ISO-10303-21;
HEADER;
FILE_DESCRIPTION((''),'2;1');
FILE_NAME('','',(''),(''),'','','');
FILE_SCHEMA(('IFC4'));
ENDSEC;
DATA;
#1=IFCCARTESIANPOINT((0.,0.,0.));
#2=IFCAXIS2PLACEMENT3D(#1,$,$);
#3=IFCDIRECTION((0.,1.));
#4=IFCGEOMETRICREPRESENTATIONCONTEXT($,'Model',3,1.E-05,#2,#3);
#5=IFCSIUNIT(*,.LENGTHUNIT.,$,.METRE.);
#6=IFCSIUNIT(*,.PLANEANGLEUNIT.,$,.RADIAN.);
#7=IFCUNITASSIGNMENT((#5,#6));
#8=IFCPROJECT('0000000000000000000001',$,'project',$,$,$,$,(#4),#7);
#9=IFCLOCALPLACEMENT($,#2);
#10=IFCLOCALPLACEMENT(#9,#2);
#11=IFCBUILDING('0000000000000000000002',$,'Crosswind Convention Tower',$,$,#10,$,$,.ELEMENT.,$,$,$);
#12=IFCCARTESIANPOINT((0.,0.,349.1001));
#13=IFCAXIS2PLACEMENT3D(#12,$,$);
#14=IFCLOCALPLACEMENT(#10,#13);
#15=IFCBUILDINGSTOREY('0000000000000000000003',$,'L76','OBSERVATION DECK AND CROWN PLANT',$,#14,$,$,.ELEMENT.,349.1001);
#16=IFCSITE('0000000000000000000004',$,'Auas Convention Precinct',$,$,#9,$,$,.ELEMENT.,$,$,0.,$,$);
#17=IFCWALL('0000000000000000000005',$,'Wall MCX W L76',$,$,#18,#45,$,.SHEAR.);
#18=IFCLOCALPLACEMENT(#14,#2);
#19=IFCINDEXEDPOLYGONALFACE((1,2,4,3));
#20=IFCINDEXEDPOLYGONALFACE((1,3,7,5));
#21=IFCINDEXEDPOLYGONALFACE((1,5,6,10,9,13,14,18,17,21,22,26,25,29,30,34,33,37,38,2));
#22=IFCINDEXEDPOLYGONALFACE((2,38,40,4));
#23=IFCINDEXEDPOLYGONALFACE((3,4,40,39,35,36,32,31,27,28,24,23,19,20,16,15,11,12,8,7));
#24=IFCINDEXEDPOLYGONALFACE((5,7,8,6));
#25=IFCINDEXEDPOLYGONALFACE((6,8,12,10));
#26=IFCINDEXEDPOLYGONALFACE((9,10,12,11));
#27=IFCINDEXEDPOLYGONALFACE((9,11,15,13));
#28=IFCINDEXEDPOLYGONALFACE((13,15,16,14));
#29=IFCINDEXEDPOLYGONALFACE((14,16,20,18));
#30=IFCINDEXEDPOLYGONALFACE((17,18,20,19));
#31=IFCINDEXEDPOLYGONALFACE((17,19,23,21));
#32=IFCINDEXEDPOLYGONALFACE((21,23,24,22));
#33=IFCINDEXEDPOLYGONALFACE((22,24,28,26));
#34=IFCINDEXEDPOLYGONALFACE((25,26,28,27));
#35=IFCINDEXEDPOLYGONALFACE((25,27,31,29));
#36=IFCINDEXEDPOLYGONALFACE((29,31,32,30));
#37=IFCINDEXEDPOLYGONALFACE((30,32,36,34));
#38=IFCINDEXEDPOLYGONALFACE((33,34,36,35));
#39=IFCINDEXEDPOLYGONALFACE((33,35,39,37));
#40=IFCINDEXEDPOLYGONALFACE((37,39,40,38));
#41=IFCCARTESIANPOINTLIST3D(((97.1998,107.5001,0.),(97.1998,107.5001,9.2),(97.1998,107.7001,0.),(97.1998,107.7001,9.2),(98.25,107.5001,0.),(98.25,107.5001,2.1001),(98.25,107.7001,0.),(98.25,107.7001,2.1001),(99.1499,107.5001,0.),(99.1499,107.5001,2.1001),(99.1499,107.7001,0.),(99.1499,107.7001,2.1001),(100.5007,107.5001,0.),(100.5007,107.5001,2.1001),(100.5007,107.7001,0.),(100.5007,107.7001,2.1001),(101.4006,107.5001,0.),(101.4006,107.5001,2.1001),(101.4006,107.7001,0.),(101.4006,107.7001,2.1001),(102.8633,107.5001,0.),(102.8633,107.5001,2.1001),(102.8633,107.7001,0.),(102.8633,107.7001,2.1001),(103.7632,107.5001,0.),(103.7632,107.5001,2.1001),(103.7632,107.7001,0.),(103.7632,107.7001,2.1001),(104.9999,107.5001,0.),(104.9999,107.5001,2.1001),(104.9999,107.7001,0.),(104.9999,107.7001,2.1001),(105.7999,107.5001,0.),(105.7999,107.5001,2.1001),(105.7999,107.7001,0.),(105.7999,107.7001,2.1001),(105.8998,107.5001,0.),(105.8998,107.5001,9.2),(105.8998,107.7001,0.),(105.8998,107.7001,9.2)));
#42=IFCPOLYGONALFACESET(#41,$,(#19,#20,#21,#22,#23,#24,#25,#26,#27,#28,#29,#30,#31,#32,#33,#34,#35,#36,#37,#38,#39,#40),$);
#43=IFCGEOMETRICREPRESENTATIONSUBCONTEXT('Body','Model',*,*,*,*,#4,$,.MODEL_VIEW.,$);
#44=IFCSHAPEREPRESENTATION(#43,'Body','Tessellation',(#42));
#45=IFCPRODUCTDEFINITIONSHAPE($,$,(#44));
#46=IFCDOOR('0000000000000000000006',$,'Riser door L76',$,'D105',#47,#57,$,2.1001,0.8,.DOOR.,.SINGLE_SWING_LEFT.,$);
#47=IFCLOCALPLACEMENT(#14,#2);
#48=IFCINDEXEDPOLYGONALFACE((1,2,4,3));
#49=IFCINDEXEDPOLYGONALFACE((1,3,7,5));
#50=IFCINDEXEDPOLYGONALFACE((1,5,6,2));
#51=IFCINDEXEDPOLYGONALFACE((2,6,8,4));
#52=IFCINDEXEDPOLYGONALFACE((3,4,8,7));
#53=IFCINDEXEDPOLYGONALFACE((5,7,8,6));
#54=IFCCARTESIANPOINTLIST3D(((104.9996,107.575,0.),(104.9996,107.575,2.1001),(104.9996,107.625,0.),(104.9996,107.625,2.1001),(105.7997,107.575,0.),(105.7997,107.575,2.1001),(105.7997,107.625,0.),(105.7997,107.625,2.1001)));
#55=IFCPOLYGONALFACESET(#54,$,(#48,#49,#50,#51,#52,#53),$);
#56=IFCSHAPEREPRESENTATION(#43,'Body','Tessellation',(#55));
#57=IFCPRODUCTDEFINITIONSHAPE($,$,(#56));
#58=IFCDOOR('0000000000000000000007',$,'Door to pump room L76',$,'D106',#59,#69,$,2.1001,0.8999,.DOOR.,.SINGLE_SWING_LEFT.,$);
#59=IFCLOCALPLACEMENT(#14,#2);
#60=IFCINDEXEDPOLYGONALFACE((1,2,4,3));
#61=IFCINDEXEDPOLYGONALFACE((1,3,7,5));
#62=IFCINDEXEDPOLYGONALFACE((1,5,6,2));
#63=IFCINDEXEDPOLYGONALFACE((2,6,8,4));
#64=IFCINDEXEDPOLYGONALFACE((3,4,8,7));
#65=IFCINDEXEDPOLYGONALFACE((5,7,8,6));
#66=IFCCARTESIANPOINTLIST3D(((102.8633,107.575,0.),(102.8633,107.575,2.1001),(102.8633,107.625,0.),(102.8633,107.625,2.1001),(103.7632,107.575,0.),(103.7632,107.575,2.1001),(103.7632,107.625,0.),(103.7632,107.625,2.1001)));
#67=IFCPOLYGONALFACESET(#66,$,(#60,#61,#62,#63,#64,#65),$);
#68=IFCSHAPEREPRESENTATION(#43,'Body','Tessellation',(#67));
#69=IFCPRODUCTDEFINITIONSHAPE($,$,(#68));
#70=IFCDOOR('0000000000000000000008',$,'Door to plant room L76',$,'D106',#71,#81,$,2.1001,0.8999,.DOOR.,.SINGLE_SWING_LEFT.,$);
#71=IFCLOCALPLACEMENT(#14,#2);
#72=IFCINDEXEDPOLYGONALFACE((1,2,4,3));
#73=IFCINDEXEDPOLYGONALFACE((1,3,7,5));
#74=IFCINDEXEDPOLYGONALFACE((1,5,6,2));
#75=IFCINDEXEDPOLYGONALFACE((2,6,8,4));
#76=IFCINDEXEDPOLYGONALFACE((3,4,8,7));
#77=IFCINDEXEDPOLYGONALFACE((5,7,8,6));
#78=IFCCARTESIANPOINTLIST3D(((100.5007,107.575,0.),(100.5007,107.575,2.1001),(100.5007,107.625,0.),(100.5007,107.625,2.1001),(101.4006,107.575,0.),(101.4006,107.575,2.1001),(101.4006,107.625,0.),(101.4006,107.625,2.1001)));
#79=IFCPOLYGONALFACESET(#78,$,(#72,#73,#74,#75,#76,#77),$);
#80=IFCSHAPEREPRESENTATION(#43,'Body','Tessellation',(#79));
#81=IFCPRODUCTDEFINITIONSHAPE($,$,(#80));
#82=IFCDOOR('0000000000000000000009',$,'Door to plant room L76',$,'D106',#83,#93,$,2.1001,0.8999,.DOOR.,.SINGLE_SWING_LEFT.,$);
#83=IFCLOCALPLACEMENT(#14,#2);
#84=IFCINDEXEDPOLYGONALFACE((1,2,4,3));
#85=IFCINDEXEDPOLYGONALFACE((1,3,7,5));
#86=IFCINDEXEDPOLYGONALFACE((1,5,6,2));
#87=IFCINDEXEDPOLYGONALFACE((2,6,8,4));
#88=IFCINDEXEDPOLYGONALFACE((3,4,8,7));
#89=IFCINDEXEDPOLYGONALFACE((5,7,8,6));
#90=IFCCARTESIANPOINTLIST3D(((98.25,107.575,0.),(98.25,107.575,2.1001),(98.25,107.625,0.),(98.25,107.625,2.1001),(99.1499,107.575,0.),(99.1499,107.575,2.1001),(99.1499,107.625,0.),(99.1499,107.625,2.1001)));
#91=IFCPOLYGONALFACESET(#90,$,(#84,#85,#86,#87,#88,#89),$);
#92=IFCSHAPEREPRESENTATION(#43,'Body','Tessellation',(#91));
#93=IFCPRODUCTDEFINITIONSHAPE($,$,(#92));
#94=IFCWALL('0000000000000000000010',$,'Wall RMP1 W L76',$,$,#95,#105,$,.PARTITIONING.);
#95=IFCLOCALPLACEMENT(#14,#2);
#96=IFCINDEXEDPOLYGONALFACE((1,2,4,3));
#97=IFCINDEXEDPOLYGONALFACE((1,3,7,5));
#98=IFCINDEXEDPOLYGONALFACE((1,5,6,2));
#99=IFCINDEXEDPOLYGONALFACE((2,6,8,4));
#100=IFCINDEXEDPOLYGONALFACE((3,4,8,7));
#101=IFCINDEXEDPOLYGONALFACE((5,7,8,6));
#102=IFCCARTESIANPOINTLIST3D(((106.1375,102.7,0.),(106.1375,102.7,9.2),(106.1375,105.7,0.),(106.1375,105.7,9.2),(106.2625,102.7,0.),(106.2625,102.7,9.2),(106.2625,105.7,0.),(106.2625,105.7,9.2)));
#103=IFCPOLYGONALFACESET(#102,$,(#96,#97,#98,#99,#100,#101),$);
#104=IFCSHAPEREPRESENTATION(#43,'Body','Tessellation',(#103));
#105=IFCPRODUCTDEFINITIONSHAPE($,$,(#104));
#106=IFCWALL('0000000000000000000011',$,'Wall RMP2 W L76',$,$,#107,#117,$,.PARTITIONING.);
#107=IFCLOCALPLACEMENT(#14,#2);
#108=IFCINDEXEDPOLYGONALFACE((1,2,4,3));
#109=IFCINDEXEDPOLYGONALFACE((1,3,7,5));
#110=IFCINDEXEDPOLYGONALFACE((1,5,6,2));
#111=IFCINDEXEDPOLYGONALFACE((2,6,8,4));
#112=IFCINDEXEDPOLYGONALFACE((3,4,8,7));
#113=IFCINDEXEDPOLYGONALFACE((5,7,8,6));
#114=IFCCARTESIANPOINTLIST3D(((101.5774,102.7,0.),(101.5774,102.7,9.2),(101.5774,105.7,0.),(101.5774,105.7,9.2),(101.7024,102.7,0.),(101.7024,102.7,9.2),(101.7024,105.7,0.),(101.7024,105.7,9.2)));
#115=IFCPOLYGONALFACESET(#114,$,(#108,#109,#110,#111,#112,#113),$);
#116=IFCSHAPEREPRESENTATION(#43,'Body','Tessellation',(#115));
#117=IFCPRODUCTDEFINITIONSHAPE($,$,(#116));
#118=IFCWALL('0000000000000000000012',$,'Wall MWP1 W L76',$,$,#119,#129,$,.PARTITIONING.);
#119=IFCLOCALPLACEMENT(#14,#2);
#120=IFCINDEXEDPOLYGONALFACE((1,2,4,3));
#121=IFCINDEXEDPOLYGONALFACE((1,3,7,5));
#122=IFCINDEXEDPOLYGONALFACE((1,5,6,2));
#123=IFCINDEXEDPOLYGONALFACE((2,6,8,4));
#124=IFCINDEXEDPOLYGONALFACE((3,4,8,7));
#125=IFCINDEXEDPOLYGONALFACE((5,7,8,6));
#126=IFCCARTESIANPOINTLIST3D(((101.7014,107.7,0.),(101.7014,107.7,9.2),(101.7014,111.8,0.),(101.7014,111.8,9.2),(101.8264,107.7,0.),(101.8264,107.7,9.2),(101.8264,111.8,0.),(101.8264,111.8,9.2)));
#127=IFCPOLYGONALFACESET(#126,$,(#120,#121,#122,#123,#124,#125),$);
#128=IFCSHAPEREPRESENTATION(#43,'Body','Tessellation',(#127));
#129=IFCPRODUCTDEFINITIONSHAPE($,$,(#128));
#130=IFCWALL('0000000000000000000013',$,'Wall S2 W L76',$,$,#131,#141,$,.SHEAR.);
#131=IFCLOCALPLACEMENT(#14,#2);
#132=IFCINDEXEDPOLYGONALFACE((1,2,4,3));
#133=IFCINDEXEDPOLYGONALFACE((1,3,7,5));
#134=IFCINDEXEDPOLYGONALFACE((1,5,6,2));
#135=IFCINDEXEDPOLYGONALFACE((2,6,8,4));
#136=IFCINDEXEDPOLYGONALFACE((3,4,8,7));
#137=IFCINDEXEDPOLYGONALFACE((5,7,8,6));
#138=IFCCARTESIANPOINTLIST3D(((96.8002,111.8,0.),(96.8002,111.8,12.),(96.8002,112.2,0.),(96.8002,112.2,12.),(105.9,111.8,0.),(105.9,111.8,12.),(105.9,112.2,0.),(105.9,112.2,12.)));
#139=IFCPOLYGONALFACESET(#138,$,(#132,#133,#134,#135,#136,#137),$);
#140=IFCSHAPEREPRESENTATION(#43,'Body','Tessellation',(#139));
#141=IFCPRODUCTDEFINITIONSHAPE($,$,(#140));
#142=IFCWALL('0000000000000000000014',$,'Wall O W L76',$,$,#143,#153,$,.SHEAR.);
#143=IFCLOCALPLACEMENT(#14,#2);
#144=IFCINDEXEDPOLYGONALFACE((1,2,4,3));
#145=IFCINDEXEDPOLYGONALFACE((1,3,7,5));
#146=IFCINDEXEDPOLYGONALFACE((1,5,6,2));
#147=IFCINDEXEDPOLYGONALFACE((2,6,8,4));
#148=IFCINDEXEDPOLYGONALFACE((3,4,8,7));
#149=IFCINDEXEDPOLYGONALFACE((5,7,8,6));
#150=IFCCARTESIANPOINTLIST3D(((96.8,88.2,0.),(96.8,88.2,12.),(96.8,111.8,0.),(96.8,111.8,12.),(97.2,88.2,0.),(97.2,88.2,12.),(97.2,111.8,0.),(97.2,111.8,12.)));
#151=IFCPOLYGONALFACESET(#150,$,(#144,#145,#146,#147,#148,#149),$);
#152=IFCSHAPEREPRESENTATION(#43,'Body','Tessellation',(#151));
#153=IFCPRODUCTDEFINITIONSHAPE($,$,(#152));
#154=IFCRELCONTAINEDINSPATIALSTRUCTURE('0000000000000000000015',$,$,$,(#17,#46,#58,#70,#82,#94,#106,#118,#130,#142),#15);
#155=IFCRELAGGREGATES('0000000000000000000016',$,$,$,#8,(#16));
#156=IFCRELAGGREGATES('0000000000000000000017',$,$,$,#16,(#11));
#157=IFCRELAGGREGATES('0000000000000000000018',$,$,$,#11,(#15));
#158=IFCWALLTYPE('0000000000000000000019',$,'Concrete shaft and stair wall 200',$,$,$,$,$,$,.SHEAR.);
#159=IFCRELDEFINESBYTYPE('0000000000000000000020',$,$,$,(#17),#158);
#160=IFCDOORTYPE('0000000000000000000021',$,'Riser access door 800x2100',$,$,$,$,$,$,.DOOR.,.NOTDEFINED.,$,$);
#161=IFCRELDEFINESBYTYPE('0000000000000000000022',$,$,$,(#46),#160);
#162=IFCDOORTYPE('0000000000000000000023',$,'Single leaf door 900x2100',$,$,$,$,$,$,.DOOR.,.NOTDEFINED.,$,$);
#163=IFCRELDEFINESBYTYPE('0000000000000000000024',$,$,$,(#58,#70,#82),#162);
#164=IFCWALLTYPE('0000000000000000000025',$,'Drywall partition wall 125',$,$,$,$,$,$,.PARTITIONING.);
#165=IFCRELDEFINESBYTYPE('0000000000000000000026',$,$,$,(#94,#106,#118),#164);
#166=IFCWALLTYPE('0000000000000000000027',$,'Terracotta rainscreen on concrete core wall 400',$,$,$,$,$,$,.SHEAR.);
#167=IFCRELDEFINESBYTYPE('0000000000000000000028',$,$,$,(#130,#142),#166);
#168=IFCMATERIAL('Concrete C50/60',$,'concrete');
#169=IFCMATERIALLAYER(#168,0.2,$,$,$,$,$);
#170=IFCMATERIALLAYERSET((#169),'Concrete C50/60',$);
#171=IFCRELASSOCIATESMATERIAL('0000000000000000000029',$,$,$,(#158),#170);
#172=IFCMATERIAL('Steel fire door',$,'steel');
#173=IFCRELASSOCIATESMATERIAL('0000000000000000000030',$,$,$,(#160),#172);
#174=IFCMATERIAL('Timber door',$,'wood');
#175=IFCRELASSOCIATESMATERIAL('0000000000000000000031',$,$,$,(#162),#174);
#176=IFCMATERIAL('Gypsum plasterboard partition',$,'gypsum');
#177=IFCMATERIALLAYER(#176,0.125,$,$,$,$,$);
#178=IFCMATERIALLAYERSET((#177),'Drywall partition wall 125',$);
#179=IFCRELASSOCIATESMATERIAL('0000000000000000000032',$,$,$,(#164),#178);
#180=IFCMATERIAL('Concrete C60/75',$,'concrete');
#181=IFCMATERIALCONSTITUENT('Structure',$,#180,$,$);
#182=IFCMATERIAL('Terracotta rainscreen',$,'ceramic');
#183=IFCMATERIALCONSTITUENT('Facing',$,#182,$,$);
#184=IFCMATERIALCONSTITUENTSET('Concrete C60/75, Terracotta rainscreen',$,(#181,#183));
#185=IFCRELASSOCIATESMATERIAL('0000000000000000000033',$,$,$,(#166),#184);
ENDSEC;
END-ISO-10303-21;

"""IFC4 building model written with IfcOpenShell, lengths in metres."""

from ifc_helpers import new_model, si_unit, direction, frame, frame_2d, origin, place, context, subcontext, project, spatial, rectangle, extrude, material, layer, layer_set, constituent, constituent_set, type_object, element, fill, save


model = new_model("IFC4")

# Units and contexts
model_context = context("Model", 3, precision=1e-05, world=origin(), true_north=direction((0.0, 1.0)))
body_context = subcontext(model_context, "Body", "Model", "MODEL_VIEW")
ifc_project = project(units=[si_unit("LENGTHUNIT", "METRE"), si_unit("PLANEANGLEUNIT", "RADIAN")], contexts=[model_context])

# Site, building, storey
site_placement = place(None, origin())
site = spatial("IfcSite", under=ifc_project, at=site_placement, Name="Auas Convention Precinct", CompositionType="ELEMENT", RefElevation=0.0)
building_placement = place(site_placement, origin())
building = spatial("IfcBuilding", under=site, at=building_placement, Name="Crosswind Convention Tower", CompositionType="ELEMENT")
storey_placement = place(building_placement, frame((0.0, 0.0, 349.1001)))
storey = spatial("IfcBuildingStorey", under=building, at=storey_placement, Name="L76", Description="OBSERVATION DECK AND CROWN PLANT", CompositionType="ELEMENT", Elevation=349.1001)

# Shared definitions
ifc_material_1 = material(Name="Concrete C50/60", Category="concrete")
ifc_layer_1 = layer(ifc_material_1, 0.2)
ifc_layer_set_1 = layer_set([ifc_layer_1], Name="Concrete C50/60")
wall_type_1 = type_object("IfcWallType", Name="Concrete shaft and stair wall 200", PredefinedType="SHEAR", material=ifc_layer_set_1)

# Wall, openings, doors
wall_1_placement = place(storey_placement, frame((105.8999, 107.6001, 0.0), z_axis=(0.0, 0.0, 1.0), x_axis=(-1.0, 0.0, 0.0)))
wall_1 = element("IfcWall", 1, at=wall_1_placement, inside=storey, type_object=wall_type_1, Name="Wall MCX W L76", PredefinedType="SHEAR", context=body_context, shape_type="SweptSolid", body=[
    extrude(rectangle(XDim=8.7, YDim=0.2, at=frame_2d((4.3501, 0.0))), origin(), (0.0, 0.0, 1.0), 9.2),
])
opening_1_placement = place(wall_1_placement, frame((0.1001, 0.0, 0.0)))
opening_1 = element("IfcOpeningElement", 2, at=opening_1_placement, cuts=wall_1, PredefinedType="OPENING", context=body_context, shape_type="SweptSolid", body=[
    extrude(rectangle(XDim=0.8, YDim=2.1001, at=frame_2d((0.3999, 1.05))), frame((0.0, 0.1099, 0.0), z_axis=(0.0, -1.0, 0.0), x_axis=(1.0, 0.0, 0.0)), (0.0, 0.0, 1.0), 0.22),
])
opening_2_placement = place(wall_1_placement, frame((2.1367, 0.0, 0.0)))
opening_2 = element("IfcOpeningElement", 3, at=opening_2_placement, cuts=wall_1, PredefinedType="OPENING", context=body_context, shape_type="SweptSolid", body=[
    extrude(rectangle(XDim=0.8999, YDim=2.1001, at=frame_2d((0.45, 1.05))), frame((0.0, 0.1099, 0.0), z_axis=(0.0, -1.0, 0.0), x_axis=(1.0, 0.0, 0.0)), (0.0, 0.0, 1.0), 0.22),
])
opening_3_placement = place(wall_1_placement, frame((4.4993, 0.0, 0.0)))
opening_3 = element("IfcOpeningElement", 4, at=opening_3_placement, cuts=wall_1, PredefinedType="OPENING", context=body_context, shape_type="SweptSolid", body=[
    extrude(rectangle(XDim=0.8999, YDim=2.1001, at=frame_2d((0.45, 1.05))), frame((0.0, 0.1099, 0.0), z_axis=(0.0, -1.0, 0.0), x_axis=(1.0, 0.0, 0.0)), (0.0, 0.0, 1.0), 0.22),
])
opening_4_placement = place(wall_1_placement, frame((6.75, 0.0, 0.0)))
opening_4 = element("IfcOpeningElement", 5, at=opening_4_placement, cuts=wall_1, PredefinedType="OPENING", context=body_context, shape_type="SweptSolid", body=[
    extrude(rectangle(XDim=0.8999, YDim=2.1001, at=frame_2d((0.45, 1.05))), frame((0.0, 0.1099, 0.0), z_axis=(0.0, -1.0, 0.0), x_axis=(1.0, 0.0, 0.0)), (0.0, 0.0, 1.0), 0.22),
])
ifc_material_2 = material(Name="Steel fire door", Category="steel")
door_type_1 = type_object("IfcDoorType", Name="Riser access door 800x2100", OperationType="NOTDEFINED", PredefinedType="DOOR", material=ifc_material_2)
door_1_placement = place(opening_1_placement, frame((0.8, 0.0, 0.0), z_axis=(0.0, 0.0, 1.0), x_axis=(-1.0, 0.0, 0.0)))
door_1 = element("IfcDoor", 6, at=door_1_placement, inside=storey, type_object=door_type_1, Name="Riser door L76", ObjectType="D105", OperationType="SINGLE_SWING_LEFT", OverallHeight=2.1001, OverallWidth=0.8, PredefinedType="DOOR", context=body_context, shape_type="SweptSolid", body=[
    extrude(rectangle(XDim=0.8, YDim=2.1001, at=frame_2d((0.3999, 1.05))), frame((0.0, 0.0249, 0.0), z_axis=(0.0, -1.0, 0.0), x_axis=(1.0, 0.0, 0.0)), (0.0, 0.0, 1.0), 0.05),
])
fill(opening_1, door_1)
ifc_material_3 = material(Name="Timber door", Category="wood")
door_type_2 = type_object("IfcDoorType", Name="Single leaf door 900x2100", OperationType="NOTDEFINED", PredefinedType="DOOR", material=ifc_material_3)
door_2_placement = place(opening_2_placement, frame((0.8999, 0.0, 0.0), z_axis=(0.0, 0.0, 1.0), x_axis=(-1.0, 0.0, 0.0)))
door_2 = element("IfcDoor", 7, at=door_2_placement, inside=storey, type_object=door_type_2, Name="Door to pump room L76", ObjectType="D106", OperationType="SINGLE_SWING_LEFT", OverallHeight=2.1001, OverallWidth=0.8999, PredefinedType="DOOR", context=body_context, shape_type="SweptSolid", body=[
    extrude(rectangle(XDim=0.8999, YDim=2.1001, at=frame_2d((0.45, 1.05))), frame((0.0, 0.0249, 0.0), z_axis=(0.0, -1.0, 0.0), x_axis=(1.0, 0.0, 0.0)), (0.0, 0.0, 1.0), 0.05),
])
fill(opening_2, door_2)
door_3_placement = place(opening_3_placement, frame((0.8999, 0.0, 0.0), z_axis=(0.0, 0.0, 1.0), x_axis=(-1.0, 0.0, 0.0)))
door_3 = element("IfcDoor", 8, at=door_3_placement, inside=storey, type_object=door_type_2, Name="Door to plant room L76", ObjectType="D106", OperationType="SINGLE_SWING_LEFT", OverallHeight=2.1001, OverallWidth=0.8999, PredefinedType="DOOR", context=body_context, shape_type="SweptSolid", body=[
    extrude(rectangle(XDim=0.8999, YDim=2.1001, at=frame_2d((0.45, 1.05))), frame((0.0, 0.0249, 0.0), z_axis=(0.0, -1.0, 0.0), x_axis=(1.0, 0.0, 0.0)), (0.0, 0.0, 1.0), 0.05),
])
fill(opening_3, door_3)
door_4_placement = place(opening_4_placement, frame((0.8999, 0.0, 0.0), z_axis=(0.0, 0.0, 1.0), x_axis=(-1.0, 0.0, 0.0)))
door_4 = element("IfcDoor", 9, at=door_4_placement, inside=storey, type_object=door_type_2, Name="Door to plant room L76", ObjectType="D106", OperationType="SINGLE_SWING_LEFT", OverallHeight=2.1001, OverallWidth=0.8999, PredefinedType="DOOR", context=body_context, shape_type="SweptSolid", body=[
    extrude(rectangle(XDim=0.8999, YDim=2.1001, at=frame_2d((0.45, 1.05))), frame((0.0, 0.0249, 0.0), z_axis=(0.0, -1.0, 0.0), x_axis=(1.0, 0.0, 0.0)), (0.0, 0.0, 1.0), 0.05),
])
fill(opening_4, door_4)

# Walls
ifc_material_4 = material(Name="Gypsum plasterboard partition", Category="gypsum")
ifc_layer_2 = layer(ifc_material_4, 0.125)
ifc_layer_set_2 = layer_set([ifc_layer_2], Name="Drywall partition wall 125")
wall_type_2 = type_object("IfcWallType", Name="Drywall partition wall 125", PredefinedType="PARTITIONING", material=ifc_layer_set_2)
for number, where, z_axis, x_axis, name in (
    (10, (106.2, 105.7, 0.0), (0.0, 0.0, 1.0), (0.0, -1.0, 0.0), "Wall RMP1 W L76"),
    (11, (101.6399, 105.7, 0.0), (0.0, 0.0, 1.0), (0.0, -1.0, 0.0), "Wall RMP2 W L76"),
):
    element("IfcWall", number, at=place(storey_placement, frame(where, z_axis=z_axis, x_axis=x_axis)), inside=storey, type_object=wall_type_2, Name=name, PredefinedType="PARTITIONING", context=body_context, shape_type="SweptSolid", body=[
        extrude(rectangle(XDim=3.0, YDim=0.125, at=frame_2d((1.5, 0.0))), origin(), (0.0, 0.0, 1.0), 9.2),
    ])
wall_2_placement = place(storey_placement, frame((101.7639, 111.8, 0.0), z_axis=(0.0, 0.0, 1.0), x_axis=(0.0, -1.0, 0.0)))
element("IfcWall", 12, at=wall_2_placement, inside=storey, type_object=wall_type_2, Name="Wall MWP1 W L76", PredefinedType="PARTITIONING", context=body_context, shape_type="SweptSolid", body=[
    extrude(rectangle(XDim=4.1001, YDim=0.125, at=frame_2d((2.05, 0.0))), origin(), (0.0, 0.0, 1.0), 9.2),
])
ifc_material_5 = material(Name="Concrete C60/75", Category="concrete")
ifc_constituent_1 = constituent(ifc_material_5, Name="Structure")
ifc_material_6 = material(Name="Terracotta rainscreen", Category="ceramic")
ifc_constituent_2 = constituent(ifc_material_6, Name="Facing")
ifc_constituent_set = constituent_set(constituents=[ifc_constituent_1, ifc_constituent_2], Name="Concrete C60/75, Terracotta rainscreen")
wall_type_3 = type_object("IfcWallType", Name="Terracotta rainscreen on concrete core wall 400", PredefinedType="SHEAR", material=ifc_constituent_set)
wall_3_placement = place(storey_placement, frame((105.8999, 112.0, 0.0), z_axis=(0.0, 0.0, 1.0), x_axis=(-1.0, 0.0, 0.0)))
element("IfcWall", 13, at=wall_3_placement, inside=storey, type_object=wall_type_3, Name="Wall S2 W L76", PredefinedType="SHEAR", context=body_context, shape_type="SweptSolid", body=[
    extrude(rectangle(XDim=9.0999, YDim=0.3999, at=frame_2d((4.5498, 0.0))), origin(), (0.0, 0.0, 1.0), 12.0),
])
wall_4_placement = place(storey_placement, frame((97.0, 111.8, 0.0), z_axis=(0.0, 0.0, 1.0), x_axis=(0.0, -1.0, 0.0)))
element("IfcWall", 14, at=wall_4_placement, inside=storey, type_object=wall_type_3, Name="Wall O W L76", PredefinedType="SHEAR", context=body_context, shape_type="SweptSolid", body=[
    extrude(rectangle(XDim=23.6001, YDim=0.3999, at=frame_2d((11.8, 0.0))), origin(), (0.0, 0.0, 1.0), 12.0),
])

save(model, "model.ifc")
